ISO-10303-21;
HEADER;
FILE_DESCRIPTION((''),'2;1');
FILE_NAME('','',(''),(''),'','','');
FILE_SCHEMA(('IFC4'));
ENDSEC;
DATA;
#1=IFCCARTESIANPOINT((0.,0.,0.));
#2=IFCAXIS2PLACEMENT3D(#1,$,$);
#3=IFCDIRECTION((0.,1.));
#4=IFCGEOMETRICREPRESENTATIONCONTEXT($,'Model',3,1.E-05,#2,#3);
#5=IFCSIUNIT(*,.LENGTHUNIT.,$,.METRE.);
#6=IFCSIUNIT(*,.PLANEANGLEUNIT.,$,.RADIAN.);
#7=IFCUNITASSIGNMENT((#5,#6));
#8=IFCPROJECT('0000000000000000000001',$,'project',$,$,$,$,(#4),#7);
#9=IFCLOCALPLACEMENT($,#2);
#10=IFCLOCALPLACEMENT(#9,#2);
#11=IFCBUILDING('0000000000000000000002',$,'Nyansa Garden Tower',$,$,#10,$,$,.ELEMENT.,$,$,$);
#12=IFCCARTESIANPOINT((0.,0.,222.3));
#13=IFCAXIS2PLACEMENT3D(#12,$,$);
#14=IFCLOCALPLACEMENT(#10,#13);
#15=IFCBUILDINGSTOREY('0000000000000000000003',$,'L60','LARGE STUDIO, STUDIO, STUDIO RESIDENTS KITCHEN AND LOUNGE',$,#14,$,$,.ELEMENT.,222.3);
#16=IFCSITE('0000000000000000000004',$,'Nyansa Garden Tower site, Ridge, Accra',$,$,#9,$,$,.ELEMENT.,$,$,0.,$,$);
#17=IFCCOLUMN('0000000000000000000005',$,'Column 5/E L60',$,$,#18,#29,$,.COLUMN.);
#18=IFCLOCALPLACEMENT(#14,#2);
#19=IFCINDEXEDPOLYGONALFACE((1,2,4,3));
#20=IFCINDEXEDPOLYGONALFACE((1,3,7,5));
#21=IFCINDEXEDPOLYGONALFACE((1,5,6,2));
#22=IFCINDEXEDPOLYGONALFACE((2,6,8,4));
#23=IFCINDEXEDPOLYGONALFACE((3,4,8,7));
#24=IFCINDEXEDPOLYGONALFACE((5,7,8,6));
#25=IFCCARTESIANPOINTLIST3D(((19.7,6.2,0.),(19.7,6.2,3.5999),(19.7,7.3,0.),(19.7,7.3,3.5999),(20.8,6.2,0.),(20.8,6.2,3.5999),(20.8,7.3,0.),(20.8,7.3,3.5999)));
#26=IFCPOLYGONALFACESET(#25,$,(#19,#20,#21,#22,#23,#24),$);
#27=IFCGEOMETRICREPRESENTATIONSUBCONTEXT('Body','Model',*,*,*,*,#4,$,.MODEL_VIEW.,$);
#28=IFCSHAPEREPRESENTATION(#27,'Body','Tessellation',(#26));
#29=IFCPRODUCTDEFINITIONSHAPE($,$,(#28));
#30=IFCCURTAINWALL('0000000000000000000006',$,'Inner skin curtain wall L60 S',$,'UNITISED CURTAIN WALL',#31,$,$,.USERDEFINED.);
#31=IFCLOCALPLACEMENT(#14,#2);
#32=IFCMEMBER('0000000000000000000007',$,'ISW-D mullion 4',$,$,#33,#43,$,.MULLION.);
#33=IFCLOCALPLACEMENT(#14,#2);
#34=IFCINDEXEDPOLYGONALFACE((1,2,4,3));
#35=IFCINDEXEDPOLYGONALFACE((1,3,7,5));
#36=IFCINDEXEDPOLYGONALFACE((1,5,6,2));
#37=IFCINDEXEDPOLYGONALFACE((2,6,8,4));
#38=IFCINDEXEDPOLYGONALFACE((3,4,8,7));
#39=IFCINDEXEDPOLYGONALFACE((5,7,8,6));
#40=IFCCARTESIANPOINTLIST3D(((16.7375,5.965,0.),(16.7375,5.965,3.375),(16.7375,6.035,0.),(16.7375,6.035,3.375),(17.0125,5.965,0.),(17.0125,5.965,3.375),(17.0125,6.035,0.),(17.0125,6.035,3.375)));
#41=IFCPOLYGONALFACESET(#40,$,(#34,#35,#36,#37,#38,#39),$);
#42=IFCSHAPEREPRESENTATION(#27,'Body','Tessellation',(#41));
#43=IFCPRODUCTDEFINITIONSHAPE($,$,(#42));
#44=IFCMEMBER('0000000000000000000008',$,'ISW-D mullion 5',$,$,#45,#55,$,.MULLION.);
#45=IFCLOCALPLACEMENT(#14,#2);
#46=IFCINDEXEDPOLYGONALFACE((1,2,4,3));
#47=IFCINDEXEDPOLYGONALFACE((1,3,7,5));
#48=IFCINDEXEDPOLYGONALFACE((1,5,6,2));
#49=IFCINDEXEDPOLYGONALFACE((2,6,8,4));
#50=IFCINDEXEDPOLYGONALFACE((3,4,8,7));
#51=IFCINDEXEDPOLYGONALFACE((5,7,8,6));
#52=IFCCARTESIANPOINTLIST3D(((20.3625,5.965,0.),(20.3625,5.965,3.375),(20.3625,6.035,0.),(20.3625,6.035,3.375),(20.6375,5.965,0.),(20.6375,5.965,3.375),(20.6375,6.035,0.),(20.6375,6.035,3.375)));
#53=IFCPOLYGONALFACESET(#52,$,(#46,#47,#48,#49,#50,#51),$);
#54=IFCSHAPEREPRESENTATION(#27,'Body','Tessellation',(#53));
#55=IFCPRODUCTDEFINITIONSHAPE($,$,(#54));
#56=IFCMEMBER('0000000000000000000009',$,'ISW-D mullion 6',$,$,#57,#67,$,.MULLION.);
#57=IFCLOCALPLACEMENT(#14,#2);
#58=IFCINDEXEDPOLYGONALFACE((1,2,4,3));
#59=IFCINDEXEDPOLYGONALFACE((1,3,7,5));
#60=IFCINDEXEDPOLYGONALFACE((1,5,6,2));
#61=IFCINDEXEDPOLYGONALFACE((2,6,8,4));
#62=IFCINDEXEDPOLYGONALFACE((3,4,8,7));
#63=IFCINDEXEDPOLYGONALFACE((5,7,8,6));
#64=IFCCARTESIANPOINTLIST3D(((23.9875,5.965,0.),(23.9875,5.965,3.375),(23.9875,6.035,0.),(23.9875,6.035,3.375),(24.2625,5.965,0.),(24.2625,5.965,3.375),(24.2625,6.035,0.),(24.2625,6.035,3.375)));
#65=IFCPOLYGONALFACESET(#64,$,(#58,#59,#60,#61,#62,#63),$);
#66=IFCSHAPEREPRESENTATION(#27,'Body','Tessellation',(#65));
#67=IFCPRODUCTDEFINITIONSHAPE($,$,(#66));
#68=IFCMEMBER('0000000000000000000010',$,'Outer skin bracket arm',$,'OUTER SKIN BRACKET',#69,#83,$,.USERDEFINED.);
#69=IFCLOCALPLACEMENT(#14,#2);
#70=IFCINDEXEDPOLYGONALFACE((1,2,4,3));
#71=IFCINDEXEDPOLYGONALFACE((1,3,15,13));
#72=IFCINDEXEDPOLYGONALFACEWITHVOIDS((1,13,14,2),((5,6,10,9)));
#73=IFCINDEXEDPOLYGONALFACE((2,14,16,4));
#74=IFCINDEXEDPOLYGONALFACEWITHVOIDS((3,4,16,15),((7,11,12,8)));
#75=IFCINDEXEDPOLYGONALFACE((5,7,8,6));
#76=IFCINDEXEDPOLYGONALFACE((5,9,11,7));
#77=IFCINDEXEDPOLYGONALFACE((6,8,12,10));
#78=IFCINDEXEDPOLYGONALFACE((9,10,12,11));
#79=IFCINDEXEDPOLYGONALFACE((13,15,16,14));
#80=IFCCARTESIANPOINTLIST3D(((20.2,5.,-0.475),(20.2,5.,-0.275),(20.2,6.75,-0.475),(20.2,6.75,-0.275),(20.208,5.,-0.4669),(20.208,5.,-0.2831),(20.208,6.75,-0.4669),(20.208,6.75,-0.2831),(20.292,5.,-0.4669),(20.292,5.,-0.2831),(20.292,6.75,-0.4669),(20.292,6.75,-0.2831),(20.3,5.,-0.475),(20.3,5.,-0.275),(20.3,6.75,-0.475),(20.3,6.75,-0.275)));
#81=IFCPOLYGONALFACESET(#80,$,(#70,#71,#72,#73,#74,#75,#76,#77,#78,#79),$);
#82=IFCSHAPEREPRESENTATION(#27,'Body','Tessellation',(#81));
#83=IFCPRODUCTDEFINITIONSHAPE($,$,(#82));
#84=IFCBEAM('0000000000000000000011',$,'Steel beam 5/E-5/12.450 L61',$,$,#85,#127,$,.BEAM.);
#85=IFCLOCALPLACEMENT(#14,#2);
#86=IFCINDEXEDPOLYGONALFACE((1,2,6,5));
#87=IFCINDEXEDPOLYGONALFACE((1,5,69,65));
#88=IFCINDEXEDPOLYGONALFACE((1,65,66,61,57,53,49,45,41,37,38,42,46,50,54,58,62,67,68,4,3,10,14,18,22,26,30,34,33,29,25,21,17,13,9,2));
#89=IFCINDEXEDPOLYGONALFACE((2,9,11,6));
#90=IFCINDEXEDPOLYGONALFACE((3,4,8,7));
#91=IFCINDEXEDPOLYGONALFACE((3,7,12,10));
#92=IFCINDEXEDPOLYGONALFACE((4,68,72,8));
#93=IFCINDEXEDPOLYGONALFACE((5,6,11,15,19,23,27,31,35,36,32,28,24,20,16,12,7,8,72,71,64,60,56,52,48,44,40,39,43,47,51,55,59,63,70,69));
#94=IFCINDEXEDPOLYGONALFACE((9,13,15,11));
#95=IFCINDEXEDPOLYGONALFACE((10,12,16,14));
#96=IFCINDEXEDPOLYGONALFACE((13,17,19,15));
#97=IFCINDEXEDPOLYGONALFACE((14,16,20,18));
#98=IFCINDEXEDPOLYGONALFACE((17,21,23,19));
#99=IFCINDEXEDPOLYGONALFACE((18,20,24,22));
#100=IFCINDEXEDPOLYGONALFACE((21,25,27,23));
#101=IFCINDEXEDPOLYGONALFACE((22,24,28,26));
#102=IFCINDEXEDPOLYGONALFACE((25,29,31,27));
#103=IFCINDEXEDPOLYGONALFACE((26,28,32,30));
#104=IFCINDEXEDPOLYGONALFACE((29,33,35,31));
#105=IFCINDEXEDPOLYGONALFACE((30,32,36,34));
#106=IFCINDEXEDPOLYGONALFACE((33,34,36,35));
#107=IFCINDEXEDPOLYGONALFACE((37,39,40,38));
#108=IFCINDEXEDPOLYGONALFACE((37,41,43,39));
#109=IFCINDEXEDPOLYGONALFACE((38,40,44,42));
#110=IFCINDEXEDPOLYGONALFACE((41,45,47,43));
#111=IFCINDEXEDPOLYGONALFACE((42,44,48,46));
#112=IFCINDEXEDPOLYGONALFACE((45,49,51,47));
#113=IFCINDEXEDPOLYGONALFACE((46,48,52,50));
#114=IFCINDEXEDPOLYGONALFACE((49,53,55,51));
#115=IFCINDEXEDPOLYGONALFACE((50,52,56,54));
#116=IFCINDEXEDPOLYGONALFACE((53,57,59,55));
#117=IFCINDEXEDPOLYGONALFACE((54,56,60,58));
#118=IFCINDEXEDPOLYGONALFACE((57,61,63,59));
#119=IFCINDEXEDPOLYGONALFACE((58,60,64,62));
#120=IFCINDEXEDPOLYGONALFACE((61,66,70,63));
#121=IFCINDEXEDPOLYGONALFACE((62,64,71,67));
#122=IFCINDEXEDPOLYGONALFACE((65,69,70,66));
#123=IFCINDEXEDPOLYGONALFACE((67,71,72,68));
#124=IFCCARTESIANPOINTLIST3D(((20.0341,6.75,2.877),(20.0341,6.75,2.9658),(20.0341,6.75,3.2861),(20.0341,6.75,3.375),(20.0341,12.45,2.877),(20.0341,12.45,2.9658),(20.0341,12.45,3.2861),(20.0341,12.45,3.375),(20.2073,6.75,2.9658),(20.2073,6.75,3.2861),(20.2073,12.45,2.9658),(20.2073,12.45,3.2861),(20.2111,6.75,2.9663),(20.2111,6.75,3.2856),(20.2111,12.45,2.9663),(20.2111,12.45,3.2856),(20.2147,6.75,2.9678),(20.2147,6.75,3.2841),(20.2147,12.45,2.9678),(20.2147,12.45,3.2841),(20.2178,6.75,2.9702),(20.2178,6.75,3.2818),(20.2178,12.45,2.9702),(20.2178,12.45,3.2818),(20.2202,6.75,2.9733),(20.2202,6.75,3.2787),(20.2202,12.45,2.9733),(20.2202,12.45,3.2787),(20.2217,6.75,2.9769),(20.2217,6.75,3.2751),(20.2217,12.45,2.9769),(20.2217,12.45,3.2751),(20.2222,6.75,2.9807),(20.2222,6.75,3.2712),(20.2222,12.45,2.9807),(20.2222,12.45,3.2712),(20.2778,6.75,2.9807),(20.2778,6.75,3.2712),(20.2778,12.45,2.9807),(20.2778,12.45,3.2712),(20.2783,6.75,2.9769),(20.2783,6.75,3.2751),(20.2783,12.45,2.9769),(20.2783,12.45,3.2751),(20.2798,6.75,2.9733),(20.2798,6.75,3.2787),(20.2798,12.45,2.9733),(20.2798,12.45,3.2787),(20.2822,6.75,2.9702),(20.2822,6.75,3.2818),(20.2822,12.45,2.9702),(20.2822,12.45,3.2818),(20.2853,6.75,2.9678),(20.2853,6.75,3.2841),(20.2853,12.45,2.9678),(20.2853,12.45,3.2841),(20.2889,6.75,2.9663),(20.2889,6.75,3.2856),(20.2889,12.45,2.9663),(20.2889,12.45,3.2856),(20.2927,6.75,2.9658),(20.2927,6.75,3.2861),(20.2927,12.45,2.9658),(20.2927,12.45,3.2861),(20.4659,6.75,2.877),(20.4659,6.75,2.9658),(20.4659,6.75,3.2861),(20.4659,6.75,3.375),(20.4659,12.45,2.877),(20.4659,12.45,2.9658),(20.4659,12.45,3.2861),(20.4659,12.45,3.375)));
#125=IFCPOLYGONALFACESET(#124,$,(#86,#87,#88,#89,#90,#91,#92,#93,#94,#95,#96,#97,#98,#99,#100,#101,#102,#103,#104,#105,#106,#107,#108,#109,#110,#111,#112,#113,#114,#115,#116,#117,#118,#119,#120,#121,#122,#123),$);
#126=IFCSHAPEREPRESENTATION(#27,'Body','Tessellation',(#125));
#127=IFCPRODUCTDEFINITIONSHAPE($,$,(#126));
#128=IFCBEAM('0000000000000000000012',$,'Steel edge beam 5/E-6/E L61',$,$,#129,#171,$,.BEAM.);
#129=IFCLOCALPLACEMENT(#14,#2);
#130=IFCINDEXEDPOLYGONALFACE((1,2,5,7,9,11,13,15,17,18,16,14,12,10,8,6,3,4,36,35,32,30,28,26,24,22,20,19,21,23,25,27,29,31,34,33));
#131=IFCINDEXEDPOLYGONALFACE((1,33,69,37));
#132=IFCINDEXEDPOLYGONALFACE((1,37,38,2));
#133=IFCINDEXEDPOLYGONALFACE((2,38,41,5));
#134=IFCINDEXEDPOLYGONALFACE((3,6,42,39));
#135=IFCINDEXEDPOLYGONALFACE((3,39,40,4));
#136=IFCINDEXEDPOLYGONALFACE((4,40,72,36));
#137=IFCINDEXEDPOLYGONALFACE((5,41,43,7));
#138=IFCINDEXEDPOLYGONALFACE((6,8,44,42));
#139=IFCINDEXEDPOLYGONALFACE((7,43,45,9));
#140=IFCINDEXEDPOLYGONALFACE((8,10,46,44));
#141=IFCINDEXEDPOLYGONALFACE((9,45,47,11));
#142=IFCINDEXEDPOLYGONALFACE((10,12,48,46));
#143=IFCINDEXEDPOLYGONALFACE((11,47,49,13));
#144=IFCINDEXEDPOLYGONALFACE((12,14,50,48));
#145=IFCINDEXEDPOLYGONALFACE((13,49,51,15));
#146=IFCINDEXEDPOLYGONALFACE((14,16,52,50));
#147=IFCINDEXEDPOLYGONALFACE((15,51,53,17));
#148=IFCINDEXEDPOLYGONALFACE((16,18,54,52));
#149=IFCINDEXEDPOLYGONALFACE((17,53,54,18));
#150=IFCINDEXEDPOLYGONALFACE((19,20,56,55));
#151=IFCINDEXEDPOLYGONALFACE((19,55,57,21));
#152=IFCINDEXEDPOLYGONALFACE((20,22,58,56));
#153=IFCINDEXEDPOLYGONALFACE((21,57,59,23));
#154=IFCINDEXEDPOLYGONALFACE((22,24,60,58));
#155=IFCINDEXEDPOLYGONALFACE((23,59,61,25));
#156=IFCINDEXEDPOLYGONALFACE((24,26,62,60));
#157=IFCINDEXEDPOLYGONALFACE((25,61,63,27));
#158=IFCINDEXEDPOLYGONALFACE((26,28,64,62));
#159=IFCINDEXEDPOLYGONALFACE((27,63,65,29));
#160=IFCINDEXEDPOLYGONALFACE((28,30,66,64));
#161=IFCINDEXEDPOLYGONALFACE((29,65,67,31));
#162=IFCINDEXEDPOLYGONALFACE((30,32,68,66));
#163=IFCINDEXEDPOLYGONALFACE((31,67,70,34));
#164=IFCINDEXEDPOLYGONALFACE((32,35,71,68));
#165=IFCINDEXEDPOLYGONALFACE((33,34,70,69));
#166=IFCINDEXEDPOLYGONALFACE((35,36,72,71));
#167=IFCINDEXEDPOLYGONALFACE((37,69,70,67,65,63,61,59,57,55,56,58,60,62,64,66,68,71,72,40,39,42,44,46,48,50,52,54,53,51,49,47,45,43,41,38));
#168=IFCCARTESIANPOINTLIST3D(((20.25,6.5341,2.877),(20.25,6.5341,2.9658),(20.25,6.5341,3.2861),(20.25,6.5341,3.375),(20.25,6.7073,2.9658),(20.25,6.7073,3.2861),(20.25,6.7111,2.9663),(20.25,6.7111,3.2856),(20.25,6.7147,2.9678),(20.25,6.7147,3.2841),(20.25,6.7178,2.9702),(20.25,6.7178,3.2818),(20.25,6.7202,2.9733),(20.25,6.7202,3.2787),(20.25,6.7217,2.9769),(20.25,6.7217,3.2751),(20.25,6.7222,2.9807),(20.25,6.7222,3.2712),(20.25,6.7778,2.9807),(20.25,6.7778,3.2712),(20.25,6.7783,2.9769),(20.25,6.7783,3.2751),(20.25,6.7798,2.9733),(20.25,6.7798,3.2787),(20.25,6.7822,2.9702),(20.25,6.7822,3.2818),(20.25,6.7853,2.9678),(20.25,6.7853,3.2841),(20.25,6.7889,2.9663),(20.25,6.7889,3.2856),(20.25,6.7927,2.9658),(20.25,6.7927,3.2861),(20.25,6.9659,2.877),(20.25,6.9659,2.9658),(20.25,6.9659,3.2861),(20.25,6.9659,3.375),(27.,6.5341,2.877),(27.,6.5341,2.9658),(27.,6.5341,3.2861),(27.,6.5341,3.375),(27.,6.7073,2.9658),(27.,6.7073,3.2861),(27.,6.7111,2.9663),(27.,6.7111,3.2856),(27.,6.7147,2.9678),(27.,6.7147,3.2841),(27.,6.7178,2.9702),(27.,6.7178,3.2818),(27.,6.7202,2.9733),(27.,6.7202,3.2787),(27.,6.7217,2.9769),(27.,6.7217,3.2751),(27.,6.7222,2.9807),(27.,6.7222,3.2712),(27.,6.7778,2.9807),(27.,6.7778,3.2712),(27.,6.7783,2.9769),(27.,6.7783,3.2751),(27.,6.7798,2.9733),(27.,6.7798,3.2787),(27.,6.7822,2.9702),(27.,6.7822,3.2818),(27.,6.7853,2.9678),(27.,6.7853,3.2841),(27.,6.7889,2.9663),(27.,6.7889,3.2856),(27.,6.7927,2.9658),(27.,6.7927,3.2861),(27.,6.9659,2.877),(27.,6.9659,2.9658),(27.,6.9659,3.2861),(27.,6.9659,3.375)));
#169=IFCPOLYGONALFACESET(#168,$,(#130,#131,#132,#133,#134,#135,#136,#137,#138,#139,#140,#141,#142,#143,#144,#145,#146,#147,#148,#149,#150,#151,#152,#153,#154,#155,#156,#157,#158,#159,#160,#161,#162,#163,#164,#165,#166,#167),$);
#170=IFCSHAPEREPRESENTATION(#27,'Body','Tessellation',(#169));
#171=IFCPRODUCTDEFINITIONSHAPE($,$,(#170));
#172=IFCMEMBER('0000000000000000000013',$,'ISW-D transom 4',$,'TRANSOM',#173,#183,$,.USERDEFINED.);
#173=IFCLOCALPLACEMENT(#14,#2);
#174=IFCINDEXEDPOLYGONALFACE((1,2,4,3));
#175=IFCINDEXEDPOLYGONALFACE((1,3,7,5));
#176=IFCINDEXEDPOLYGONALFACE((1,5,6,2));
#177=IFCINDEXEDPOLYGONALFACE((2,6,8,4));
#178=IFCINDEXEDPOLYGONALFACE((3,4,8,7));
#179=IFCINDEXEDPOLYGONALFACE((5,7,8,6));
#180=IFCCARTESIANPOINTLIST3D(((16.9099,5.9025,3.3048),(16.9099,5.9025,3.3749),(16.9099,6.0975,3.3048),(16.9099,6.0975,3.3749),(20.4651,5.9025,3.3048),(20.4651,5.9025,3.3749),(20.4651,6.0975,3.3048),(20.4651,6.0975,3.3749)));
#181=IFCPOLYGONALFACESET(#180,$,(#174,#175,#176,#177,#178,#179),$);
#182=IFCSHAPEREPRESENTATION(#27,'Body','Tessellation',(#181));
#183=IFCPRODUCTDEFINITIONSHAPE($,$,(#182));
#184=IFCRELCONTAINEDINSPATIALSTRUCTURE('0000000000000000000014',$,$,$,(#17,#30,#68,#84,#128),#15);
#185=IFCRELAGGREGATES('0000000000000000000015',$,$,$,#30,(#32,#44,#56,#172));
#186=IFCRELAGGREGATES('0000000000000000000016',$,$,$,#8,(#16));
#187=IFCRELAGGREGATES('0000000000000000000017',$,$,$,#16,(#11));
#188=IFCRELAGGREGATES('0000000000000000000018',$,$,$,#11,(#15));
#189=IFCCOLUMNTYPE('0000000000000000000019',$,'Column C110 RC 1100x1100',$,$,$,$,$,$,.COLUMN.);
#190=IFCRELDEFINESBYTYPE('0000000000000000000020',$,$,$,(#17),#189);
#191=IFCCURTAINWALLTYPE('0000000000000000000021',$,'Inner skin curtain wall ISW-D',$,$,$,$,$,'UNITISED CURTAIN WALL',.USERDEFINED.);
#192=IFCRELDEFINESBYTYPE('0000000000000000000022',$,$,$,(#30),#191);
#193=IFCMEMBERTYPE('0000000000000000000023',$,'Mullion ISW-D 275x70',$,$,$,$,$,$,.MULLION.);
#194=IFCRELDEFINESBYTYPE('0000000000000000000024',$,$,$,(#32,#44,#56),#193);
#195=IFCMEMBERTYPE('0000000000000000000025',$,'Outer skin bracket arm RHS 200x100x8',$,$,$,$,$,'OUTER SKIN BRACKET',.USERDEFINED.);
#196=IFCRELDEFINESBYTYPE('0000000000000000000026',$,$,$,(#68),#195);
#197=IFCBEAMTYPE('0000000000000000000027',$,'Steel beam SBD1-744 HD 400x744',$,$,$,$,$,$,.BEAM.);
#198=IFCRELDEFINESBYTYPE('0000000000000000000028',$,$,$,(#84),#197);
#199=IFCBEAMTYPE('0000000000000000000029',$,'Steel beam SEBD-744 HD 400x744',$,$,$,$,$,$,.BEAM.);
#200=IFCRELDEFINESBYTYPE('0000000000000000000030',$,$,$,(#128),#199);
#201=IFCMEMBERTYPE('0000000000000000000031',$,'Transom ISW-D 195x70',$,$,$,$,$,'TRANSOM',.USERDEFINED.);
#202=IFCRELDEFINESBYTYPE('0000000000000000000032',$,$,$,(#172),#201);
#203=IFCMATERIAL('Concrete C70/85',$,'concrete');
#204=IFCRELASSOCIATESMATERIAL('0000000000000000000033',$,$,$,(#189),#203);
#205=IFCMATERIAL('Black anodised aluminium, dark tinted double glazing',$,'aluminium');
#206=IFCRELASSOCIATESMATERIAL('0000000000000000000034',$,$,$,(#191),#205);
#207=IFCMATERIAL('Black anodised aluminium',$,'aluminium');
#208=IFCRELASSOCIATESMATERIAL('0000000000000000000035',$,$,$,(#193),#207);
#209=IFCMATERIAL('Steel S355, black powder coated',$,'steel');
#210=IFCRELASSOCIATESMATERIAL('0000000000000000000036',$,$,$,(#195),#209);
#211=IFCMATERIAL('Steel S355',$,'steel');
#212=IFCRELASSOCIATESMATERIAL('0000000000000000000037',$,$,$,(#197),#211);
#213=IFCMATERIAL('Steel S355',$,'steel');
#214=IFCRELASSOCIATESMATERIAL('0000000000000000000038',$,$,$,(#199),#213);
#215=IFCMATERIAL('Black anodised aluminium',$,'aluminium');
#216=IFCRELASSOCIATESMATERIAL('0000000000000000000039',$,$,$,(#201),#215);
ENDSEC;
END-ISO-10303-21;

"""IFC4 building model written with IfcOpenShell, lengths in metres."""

from ifc_helpers import new_model, si_unit, direction, frame, origin, origin_2d, place, context, subcontext, project, spatial, rectangle, hollow_rectangle, i_section, extrude, material, material_profile, profile_set, type_object, element, aggregate, save


model = new_model("IFC4")

# Units and contexts
model_context = context("Model", 3, precision=1e-05, world=origin(), true_north=direction((0.0, 1.0)))
body_context = subcontext(model_context, "Body", "Model", "MODEL_VIEW")
ifc_project = project(units=[si_unit("LENGTHUNIT", "METRE"), si_unit("PLANEANGLEUNIT", "RADIAN")], contexts=[model_context])

# Site, building, storey
site_placement = place(None, origin())
site = spatial("IfcSite", under=ifc_project, at=site_placement, Name="Nyansa Garden Tower site, Ridge, Accra", CompositionType="ELEMENT", RefElevation=0.0)
building_placement = place(site_placement, origin())
building = spatial("IfcBuilding", under=site, at=building_placement, Name="Nyansa Garden Tower", CompositionType="ELEMENT")
storey_placement = place(building_placement, frame((0.0, 0.0, 222.3)))
storey = spatial("IfcBuildingStorey", under=building, at=storey_placement, Name="L60", Description="LARGE STUDIO, STUDIO, STUDIO RESIDENTS KITCHEN AND LOUNGE", CompositionType="ELEMENT", Elevation=222.3)

# Column
ifc_material_1 = material(Name="Concrete C70/85", Category="concrete")
ifc_material_profile_1 = material_profile(ifc_material_1, rectangle(XDim=1.1001, YDim=1.1001, at=origin_2d()), Name="RC 1100x1100")
ifc_profile_set_1 = profile_set([ifc_material_profile_1], Name="Concrete C70/85")
column_type = type_object("IfcColumnType", Name="Column C110 RC 1100x1100", PredefinedType="COLUMN", material=ifc_profile_set_1)
column_placement = place(storey_placement, frame((20.25, 6.75, 0.0), z_axis=(0.0, 0.0, 1.0), x_axis=(1.0, 0.0, 0.0)))
element("IfcColumn", 1, at=column_placement, inside=storey, type_object=column_type, Name="Column 5/E L60", PredefinedType="COLUMN", context=body_context, shape_type="SweptSolid", body=[
    extrude(rectangle(XDim=1.1001, YDim=1.1001, at=origin_2d()), origin(), (0.0, 0.0, 1.0), 3.5999),
])

# Curtain wall, members
ifc_material_2 = material(Name="Black anodised aluminium, dark tinted double glazing", Category="aluminium")
curtain_wall_type = type_object("IfcCurtainWallType", Name="Inner skin curtain wall ISW-D", ElementType="UNITISED CURTAIN WALL", PredefinedType="USERDEFINED", material=ifc_material_2)
curtain_wall_placement = place(storey_placement, origin())
curtain_wall = element("IfcCurtainWall", 2, at=curtain_wall_placement, inside=storey, type_object=curtain_wall_type, Name="Inner skin curtain wall L60 S", ObjectType="UNITISED CURTAIN WALL", PredefinedType="USERDEFINED")
ifc_material_3 = material(Name="Black anodised aluminium", Category="aluminium")
ifc_material_profile_2 = material_profile(ifc_material_3, rectangle(XDim=0.0701, YDim=0.2749, at=origin_2d()), Name="Mullion 275x70")
ifc_profile_set_2 = profile_set([ifc_material_profile_2], Name="Black anodised aluminium")
member_type_1 = type_object("IfcMemberType", Name="Mullion ISW-D 275x70", PredefinedType="MULLION", material=ifc_profile_set_2)
member_1_placement = place(storey_placement, frame((16.875, 6.0, 0.0), z_axis=(0.0, 0.0, 1.0), x_axis=(0.0, 1.0, 0.0)))
member_1 = element("IfcMember", 3, at=member_1_placement, type_object=member_type_1, Name="ISW-D mullion 4", PredefinedType="MULLION", context=body_context, shape_type="SweptSolid", body=[
    extrude(rectangle(XDim=0.0701, YDim=0.2749, at=origin_2d()), origin(), (0.0, 0.0, 1.0), 3.375),
])
member_2_placement = place(storey_placement, frame((20.5, 6.0, 0.0), z_axis=(0.0, 0.0, 1.0), x_axis=(0.0, 1.0, 0.0)))
member_2 = element("IfcMember", 4, at=member_2_placement, type_object=member_type_1, Name="ISW-D mullion 5", PredefinedType="MULLION", context=body_context, shape_type="SweptSolid", body=[
    extrude(rectangle(XDim=0.0701, YDim=0.2749, at=origin_2d()), origin(), (0.0, 0.0, 1.0), 3.375),
])
member_3_placement = place(storey_placement, frame((24.125, 6.0, 0.0), z_axis=(0.0, 0.0, 1.0), x_axis=(0.0, 1.0, 0.0)))
member_3 = element("IfcMember", 5, at=member_3_placement, type_object=member_type_1, Name="ISW-D mullion 6", PredefinedType="MULLION", context=body_context, shape_type="SweptSolid", body=[
    extrude(rectangle(XDim=0.0701, YDim=0.2749, at=origin_2d()), origin(), (0.0, 0.0, 1.0), 3.375),
])

# Member
ifc_material_4 = material(Name="Steel S355, black powder coated", Category="steel")
ifc_material_profile_3 = material_profile(ifc_material_4, hollow_rectangle(XDim=0.1001, YDim=0.2, WallThickness=0.0081, at=origin_2d()), Name="RHS 200x100x8")
ifc_profile_set_3 = profile_set([ifc_material_profile_3], Name="Steel S355, black powder coated")
member_type_2 = type_object("IfcMemberType", Name="Outer skin bracket arm RHS 200x100x8", ElementType="OUTER SKIN BRACKET", PredefinedType="USERDEFINED", material=ifc_profile_set_3)
member_4_placement = place(storey_placement, frame((20.25, 6.75, -0.375), z_axis=(0.0, -1.0, 0.0), x_axis=(1.0, 0.0, 0.0)))
element("IfcMember", 6, at=member_4_placement, inside=storey, type_object=member_type_2, Name="Outer skin bracket arm", ObjectType="OUTER SKIN BRACKET", PredefinedType="USERDEFINED", context=body_context, shape_type="SweptSolid", body=[
    extrude(hollow_rectangle(XDim=0.1001, YDim=0.2, WallThickness=0.0081, at=origin_2d()), origin(), (0.0, 0.0, 1.0), 1.75),
])

# Beams
ifc_material_5 = material(Name="Steel S355", Category="steel")
ifc_material_profile_4 = material_profile(ifc_material_5, i_section(OverallWidth=0.4319, OverallDepth=0.498, WebThickness=0.0557, FlangeThickness=0.0889, FilletRadius=0.0149, at=origin_2d()), Name="HD 400x744")
ifc_profile_set_4 = profile_set([ifc_material_profile_4], Name="Steel S355")
beam_type_1 = type_object("IfcBeamType", Name="Steel beam SBD1-744 HD 400x744", PredefinedType="BEAM", material=ifc_profile_set_4)
beam_1_placement = place(storey_placement, frame((20.25, 6.75, 3.126), z_axis=(0.0, 1.0, 0.0), x_axis=(-1.0, 0.0, 0.0)))
element("IfcBeam", 7, at=beam_1_placement, inside=storey, type_object=beam_type_1, Name="Steel beam 5/E-5/12.450 L61", PredefinedType="BEAM", context=body_context, shape_type="SweptSolid", body=[
    extrude(i_section(OverallWidth=0.4319, OverallDepth=0.498, WebThickness=0.0557, FlangeThickness=0.0889, FilletRadius=0.0149, at=origin_2d()), origin(), (0.0, 0.0, 1.0), 5.7),
])
ifc_material_6 = material(Name="Steel S355", Category="steel")
ifc_material_profile_5 = material_profile(ifc_material_6, i_section(OverallWidth=0.4319, OverallDepth=0.498, WebThickness=0.0557, FlangeThickness=0.0889, FilletRadius=0.0149, at=origin_2d()), Name="HD 400x744")
ifc_profile_set_5 = profile_set([ifc_material_profile_5], Name="Steel S355")
beam_type_2 = type_object("IfcBeamType", Name="Steel beam SEBD-744 HD 400x744", PredefinedType="BEAM", material=ifc_profile_set_5)
beam_2_placement = place(storey_placement, frame((20.25, 6.75, 3.126), z_axis=(1.0, 0.0, 0.0), x_axis=(0.0, 1.0, 0.0)))
element("IfcBeam", 8, at=beam_2_placement, inside=storey, type_object=beam_type_2, Name="Steel edge beam 5/E-6/E L61", PredefinedType="BEAM", context=body_context, shape_type="SweptSolid", body=[
    extrude(i_section(OverallWidth=0.4319, OverallDepth=0.498, WebThickness=0.0557, FlangeThickness=0.0889, FilletRadius=0.0149, at=origin_2d()), origin(), (0.0, 0.0, 1.0), 6.75),
])

# Member
ifc_material_7 = material(Name="Black anodised aluminium", Category="aluminium")
ifc_material_profile_6 = material_profile(ifc_material_7, rectangle(XDim=0.1951, YDim=0.0701, at=origin_2d()), Name="Transom 195x70")
ifc_profile_set_6 = profile_set([ifc_material_profile_6], Name="Black anodised aluminium")
member_type_3 = type_object("IfcMemberType", Name="Transom ISW-D 195x70", ElementType="TRANSOM", PredefinedType="USERDEFINED", material=ifc_profile_set_6)
member_5_placement = place(storey_placement, frame((16.9099, 6.0, 3.3398), z_axis=(1.0, 0.0, 0.0), x_axis=(0.0, 1.0, 0.0)))
member_5 = element("IfcMember", 9, at=member_5_placement, type_object=member_type_3, Name="ISW-D transom 4", ObjectType="TRANSOM", PredefinedType="USERDEFINED", context=body_context, shape_type="SweptSolid", body=[
    extrude(rectangle(XDim=0.1951, YDim=0.0701, at=origin_2d()), origin(), (0.0, 0.0, 1.0), 3.5552),
])

aggregate(curtain_wall, [member_1, member_2, member_3, member_5])

save(model, "model.ifc")
